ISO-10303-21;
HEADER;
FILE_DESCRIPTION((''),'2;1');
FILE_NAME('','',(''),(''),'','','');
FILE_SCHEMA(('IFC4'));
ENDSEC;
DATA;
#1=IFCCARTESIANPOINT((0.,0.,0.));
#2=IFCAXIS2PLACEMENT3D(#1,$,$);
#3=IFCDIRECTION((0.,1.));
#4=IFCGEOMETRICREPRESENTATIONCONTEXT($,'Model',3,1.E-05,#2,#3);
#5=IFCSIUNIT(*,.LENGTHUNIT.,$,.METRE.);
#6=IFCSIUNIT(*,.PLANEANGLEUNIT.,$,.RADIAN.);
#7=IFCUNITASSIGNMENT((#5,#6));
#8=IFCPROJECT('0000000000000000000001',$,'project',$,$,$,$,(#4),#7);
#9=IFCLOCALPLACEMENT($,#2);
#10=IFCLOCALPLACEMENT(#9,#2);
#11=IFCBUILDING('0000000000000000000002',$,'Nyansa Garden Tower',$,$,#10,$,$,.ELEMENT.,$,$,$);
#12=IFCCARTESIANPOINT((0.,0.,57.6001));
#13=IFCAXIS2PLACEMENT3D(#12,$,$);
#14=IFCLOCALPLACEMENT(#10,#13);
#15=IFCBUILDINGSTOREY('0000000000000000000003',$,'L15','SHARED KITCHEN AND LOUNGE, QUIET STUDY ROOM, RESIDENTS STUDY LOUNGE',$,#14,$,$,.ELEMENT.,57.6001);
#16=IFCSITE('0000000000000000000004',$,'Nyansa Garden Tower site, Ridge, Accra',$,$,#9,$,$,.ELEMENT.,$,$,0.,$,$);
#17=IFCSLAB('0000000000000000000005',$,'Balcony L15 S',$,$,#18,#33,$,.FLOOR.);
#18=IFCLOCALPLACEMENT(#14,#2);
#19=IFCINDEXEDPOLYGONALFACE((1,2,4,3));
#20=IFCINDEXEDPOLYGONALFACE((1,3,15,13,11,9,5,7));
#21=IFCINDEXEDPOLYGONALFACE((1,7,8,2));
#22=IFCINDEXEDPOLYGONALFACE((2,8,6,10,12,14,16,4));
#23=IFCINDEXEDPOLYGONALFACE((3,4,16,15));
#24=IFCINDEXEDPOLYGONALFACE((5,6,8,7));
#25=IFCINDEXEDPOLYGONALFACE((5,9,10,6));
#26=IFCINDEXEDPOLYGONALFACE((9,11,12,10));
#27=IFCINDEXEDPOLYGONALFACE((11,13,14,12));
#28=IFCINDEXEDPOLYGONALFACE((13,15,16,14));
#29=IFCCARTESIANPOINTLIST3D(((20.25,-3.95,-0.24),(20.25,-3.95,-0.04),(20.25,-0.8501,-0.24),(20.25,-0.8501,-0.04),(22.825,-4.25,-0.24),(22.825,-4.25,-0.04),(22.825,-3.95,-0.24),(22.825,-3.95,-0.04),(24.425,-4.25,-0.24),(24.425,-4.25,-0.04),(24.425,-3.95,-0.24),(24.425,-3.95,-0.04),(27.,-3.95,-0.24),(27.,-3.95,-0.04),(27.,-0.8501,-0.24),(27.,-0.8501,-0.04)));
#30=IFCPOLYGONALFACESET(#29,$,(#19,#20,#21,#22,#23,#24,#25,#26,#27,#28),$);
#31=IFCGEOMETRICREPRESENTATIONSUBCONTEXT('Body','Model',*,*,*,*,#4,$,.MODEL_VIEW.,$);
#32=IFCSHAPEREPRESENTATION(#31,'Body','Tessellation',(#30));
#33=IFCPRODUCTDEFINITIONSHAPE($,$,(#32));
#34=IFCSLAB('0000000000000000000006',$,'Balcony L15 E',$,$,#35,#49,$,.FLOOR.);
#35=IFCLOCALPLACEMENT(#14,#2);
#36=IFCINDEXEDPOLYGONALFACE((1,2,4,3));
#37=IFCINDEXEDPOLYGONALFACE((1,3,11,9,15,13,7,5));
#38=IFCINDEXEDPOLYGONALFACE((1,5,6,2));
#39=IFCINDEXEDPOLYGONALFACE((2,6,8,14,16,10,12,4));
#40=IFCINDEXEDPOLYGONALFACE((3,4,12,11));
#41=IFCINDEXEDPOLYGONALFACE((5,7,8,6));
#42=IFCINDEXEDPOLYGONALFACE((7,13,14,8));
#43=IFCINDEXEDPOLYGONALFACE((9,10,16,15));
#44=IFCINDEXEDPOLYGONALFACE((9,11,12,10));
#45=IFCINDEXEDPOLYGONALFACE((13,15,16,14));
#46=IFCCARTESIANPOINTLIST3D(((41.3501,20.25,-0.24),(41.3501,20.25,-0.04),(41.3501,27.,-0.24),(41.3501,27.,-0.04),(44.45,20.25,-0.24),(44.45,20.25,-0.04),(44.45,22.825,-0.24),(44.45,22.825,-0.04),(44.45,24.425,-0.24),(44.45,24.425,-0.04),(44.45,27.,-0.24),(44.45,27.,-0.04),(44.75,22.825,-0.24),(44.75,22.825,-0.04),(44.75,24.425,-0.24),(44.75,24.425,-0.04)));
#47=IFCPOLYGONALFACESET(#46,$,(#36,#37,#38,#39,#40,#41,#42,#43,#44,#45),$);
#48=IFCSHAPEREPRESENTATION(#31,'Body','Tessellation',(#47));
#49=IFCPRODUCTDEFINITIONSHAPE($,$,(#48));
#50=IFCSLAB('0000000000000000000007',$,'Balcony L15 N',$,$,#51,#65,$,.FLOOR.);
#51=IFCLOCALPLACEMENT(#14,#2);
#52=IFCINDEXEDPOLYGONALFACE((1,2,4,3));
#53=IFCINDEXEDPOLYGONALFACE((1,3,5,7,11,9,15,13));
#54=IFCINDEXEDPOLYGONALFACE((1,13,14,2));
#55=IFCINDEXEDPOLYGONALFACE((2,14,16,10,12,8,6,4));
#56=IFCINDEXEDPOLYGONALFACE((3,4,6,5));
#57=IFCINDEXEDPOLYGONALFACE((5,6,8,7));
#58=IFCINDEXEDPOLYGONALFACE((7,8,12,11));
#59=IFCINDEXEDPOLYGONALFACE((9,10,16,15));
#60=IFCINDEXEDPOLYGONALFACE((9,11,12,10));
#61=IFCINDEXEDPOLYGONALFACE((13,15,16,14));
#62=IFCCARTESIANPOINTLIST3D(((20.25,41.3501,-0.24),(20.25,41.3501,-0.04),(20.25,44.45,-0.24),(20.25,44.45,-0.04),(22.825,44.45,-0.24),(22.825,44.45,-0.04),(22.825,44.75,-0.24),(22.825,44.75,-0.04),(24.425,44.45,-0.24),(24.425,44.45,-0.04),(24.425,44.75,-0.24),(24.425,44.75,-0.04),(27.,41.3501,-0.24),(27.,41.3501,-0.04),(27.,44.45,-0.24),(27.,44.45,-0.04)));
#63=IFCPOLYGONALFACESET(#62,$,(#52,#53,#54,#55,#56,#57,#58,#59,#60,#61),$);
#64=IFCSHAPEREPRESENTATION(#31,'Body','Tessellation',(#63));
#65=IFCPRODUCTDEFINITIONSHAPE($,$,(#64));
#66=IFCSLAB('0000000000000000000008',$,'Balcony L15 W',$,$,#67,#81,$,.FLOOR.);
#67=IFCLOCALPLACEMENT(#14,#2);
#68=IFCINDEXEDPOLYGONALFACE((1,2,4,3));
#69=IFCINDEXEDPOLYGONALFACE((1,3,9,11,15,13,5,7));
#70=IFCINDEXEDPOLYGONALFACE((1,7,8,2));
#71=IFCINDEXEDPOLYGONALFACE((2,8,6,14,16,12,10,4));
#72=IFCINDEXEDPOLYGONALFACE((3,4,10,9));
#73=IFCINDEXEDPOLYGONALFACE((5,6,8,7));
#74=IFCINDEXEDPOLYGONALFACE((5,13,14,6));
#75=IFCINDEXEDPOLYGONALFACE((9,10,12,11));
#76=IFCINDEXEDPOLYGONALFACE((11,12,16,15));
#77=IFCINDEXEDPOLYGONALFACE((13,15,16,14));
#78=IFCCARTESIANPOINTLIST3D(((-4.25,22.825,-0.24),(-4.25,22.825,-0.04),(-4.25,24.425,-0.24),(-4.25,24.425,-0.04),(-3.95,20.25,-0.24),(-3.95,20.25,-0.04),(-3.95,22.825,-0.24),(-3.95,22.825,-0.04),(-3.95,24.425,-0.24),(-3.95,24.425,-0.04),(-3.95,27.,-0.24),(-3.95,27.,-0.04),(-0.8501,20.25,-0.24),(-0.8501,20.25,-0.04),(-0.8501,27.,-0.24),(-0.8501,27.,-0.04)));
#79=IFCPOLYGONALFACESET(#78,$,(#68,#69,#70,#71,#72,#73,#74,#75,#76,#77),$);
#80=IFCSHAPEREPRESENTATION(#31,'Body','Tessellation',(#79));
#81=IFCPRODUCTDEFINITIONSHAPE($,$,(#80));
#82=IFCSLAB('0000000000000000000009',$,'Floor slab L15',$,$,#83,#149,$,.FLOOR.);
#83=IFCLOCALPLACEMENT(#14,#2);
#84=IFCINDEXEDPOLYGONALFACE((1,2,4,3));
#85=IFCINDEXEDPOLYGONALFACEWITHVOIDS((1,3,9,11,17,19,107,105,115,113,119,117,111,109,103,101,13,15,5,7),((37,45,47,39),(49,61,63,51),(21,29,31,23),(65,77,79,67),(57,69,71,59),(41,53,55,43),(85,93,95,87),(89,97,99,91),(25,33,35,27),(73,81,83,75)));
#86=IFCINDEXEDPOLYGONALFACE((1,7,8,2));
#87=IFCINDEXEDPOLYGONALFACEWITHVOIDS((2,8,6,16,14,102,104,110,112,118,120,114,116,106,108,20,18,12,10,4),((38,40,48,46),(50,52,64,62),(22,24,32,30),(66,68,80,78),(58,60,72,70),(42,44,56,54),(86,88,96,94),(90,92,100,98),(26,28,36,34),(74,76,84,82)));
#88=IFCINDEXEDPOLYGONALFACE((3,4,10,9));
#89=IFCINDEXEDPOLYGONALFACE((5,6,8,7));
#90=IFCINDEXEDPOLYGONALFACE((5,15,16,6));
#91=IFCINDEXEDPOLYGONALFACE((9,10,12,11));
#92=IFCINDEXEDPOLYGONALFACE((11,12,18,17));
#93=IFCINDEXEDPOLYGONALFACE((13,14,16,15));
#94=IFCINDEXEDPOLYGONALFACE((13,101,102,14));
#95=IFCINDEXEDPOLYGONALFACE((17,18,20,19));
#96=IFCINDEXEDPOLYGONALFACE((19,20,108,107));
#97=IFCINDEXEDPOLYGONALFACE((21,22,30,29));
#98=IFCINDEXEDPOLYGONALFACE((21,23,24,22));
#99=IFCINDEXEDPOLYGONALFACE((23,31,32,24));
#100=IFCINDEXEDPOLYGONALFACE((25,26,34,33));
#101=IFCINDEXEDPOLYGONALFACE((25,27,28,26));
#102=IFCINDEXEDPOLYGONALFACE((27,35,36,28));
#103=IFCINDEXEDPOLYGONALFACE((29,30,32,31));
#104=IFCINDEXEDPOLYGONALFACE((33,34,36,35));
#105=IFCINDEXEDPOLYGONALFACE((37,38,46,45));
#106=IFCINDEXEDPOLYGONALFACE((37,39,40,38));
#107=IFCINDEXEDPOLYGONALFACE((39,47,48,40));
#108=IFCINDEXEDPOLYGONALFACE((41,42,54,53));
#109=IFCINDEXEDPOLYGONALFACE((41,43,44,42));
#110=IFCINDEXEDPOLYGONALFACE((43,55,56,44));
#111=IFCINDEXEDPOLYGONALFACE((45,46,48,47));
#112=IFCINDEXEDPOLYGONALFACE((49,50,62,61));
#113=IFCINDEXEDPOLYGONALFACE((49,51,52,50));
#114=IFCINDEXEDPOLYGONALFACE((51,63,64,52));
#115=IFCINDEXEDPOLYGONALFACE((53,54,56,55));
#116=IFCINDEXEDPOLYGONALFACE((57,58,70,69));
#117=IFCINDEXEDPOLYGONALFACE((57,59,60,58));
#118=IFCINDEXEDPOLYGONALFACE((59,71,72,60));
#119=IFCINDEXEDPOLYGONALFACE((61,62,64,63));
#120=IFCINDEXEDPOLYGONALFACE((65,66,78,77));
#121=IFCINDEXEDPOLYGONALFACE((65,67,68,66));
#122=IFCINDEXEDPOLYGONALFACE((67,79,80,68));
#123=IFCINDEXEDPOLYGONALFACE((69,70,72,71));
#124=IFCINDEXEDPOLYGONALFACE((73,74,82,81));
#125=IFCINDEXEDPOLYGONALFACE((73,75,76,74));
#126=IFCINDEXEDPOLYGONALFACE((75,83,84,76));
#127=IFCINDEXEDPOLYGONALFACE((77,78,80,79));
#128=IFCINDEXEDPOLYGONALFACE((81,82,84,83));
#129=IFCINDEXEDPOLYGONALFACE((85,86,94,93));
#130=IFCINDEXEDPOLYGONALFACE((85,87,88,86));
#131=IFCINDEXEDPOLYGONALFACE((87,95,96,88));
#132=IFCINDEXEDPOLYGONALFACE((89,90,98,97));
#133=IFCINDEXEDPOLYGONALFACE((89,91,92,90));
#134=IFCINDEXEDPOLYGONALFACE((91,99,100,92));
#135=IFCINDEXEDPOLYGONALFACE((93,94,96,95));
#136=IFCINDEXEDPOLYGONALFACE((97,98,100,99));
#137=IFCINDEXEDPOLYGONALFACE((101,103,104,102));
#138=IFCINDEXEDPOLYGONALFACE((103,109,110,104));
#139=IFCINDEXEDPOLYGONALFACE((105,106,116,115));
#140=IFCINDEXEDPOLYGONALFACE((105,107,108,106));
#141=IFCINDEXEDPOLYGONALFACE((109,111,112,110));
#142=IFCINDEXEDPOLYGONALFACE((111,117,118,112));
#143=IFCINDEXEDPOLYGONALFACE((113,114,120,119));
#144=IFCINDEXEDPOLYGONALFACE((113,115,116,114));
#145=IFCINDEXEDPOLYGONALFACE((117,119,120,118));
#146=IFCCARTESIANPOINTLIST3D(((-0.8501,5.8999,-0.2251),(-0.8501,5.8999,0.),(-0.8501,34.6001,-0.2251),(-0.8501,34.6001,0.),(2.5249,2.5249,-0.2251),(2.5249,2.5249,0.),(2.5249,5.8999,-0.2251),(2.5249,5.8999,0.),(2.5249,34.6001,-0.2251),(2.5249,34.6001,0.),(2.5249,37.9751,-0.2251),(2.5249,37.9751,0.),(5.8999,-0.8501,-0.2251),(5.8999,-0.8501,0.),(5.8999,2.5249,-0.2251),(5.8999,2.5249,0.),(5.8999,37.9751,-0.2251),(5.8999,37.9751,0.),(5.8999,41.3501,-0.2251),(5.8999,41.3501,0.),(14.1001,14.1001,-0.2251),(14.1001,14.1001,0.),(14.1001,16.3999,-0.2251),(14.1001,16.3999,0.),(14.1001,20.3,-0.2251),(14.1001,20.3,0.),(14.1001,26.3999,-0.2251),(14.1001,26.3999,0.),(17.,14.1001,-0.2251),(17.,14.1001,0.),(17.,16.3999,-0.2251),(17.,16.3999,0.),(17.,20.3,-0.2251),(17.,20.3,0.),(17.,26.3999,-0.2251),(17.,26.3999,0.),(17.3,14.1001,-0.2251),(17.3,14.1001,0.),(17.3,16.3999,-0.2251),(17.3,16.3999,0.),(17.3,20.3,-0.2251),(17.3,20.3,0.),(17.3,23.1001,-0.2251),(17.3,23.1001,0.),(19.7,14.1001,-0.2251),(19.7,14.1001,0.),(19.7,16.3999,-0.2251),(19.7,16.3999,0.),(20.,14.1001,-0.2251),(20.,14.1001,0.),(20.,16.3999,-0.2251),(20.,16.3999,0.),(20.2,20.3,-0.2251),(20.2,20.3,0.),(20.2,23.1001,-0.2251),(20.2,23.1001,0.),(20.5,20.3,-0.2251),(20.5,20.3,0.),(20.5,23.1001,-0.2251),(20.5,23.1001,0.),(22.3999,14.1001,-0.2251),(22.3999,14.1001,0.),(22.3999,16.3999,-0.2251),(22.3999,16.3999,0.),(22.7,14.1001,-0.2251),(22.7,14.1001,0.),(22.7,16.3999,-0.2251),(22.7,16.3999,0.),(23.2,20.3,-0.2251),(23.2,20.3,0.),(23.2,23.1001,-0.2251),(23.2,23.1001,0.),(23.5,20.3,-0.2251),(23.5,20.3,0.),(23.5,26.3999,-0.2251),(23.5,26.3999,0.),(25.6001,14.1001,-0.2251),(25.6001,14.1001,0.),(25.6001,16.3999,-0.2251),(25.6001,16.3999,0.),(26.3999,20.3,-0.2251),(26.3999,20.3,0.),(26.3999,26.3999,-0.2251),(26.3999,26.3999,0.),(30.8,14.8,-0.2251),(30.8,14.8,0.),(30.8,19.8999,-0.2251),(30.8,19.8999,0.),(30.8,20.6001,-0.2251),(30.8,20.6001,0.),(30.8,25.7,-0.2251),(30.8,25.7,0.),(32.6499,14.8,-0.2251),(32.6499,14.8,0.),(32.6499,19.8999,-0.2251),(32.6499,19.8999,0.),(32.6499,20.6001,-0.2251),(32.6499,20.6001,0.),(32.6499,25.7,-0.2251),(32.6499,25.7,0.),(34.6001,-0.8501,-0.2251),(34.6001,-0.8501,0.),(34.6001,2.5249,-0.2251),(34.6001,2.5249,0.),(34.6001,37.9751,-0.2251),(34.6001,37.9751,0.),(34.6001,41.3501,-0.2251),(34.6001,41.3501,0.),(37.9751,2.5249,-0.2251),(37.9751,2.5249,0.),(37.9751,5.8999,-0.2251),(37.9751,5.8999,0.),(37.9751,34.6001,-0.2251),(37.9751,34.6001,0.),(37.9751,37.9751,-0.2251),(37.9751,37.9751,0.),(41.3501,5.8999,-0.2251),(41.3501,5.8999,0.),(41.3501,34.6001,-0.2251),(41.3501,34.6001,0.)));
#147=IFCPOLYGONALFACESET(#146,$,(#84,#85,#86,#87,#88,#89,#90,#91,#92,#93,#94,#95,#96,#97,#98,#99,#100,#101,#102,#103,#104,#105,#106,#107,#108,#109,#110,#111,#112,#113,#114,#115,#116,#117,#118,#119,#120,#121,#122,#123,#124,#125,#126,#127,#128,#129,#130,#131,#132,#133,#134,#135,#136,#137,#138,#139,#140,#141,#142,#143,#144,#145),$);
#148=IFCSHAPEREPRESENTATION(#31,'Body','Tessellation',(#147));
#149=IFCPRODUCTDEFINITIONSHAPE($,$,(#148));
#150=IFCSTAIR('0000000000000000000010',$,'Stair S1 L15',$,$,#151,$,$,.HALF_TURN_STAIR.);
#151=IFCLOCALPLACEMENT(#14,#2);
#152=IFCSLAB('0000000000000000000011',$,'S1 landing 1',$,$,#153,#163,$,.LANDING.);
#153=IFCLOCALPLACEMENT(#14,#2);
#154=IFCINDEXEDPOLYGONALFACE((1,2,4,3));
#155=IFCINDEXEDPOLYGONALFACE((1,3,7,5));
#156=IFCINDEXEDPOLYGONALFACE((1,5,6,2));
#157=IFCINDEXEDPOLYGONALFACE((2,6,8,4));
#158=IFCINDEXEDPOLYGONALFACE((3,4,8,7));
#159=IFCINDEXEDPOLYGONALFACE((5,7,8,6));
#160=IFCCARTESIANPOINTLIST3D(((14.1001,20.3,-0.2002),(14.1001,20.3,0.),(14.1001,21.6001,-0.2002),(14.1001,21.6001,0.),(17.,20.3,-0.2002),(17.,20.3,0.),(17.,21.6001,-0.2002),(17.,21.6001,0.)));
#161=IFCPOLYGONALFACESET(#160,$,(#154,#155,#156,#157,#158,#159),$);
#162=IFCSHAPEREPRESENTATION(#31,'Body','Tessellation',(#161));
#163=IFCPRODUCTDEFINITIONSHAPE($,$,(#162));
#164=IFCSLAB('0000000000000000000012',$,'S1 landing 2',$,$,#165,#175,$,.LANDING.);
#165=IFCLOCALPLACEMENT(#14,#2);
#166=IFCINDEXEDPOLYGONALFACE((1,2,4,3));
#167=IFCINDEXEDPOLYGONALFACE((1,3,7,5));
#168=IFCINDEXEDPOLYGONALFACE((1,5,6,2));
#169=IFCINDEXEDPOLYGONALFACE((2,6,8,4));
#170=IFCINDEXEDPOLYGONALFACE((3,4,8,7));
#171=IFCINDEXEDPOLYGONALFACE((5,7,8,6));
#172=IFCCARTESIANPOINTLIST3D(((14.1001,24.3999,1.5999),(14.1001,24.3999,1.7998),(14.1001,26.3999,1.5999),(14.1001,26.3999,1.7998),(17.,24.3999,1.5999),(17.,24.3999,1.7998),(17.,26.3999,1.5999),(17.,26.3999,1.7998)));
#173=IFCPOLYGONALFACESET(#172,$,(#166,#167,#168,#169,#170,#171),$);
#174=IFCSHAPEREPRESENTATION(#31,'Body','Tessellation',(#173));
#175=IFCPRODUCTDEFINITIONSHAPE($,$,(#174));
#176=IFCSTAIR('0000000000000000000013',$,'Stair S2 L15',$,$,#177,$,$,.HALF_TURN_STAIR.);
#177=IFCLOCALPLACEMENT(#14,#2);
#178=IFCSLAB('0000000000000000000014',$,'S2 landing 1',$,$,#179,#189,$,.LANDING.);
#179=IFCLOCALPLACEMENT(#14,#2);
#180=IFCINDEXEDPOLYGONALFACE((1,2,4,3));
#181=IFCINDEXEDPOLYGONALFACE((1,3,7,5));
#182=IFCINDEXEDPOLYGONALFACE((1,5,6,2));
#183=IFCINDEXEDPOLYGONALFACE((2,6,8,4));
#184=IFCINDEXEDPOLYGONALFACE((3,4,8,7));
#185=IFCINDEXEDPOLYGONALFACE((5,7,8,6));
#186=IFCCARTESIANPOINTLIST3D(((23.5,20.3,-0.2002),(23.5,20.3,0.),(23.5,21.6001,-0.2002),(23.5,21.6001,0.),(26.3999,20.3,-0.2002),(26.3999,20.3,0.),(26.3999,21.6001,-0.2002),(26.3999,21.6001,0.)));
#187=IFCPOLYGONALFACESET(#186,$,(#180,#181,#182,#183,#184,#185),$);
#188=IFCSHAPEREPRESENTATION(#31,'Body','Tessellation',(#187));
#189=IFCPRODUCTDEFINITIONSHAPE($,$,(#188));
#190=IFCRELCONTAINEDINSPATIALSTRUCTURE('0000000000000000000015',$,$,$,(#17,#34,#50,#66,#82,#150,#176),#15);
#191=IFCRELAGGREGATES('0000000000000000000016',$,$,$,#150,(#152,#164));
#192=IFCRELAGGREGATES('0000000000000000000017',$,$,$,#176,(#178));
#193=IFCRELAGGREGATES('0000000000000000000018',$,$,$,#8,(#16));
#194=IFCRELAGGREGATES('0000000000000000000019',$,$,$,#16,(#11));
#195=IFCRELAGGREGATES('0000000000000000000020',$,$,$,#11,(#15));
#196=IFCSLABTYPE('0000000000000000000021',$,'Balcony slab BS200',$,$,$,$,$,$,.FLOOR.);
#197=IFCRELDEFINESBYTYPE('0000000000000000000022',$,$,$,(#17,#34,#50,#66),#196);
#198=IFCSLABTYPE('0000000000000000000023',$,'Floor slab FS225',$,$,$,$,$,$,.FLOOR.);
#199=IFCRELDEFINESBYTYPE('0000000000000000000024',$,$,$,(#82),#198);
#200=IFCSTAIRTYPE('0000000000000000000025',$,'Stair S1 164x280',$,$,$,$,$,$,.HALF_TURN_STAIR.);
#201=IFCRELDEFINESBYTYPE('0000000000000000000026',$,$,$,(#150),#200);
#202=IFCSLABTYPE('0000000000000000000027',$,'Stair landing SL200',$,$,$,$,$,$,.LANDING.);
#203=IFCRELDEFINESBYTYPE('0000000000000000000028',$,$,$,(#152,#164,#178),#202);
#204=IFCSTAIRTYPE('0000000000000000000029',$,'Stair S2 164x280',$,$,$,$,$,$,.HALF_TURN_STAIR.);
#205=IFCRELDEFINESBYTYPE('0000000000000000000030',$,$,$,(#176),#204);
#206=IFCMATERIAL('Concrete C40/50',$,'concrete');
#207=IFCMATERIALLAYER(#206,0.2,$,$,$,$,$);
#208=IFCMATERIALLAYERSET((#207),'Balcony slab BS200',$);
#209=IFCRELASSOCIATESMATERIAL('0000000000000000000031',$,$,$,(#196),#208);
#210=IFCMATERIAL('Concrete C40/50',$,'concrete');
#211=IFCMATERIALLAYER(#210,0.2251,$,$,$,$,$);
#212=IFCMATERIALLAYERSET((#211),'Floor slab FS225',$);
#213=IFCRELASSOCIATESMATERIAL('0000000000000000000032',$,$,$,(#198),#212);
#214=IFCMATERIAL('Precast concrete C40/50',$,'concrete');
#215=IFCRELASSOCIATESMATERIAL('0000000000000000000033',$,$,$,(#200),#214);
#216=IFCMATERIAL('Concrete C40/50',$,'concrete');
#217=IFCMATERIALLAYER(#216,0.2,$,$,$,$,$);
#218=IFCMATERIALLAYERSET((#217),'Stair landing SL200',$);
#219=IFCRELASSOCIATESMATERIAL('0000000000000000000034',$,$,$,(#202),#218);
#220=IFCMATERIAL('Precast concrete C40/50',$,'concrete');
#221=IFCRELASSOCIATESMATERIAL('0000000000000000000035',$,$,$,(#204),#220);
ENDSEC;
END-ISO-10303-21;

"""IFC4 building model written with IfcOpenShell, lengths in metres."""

from ifc_helpers import new_model, si_unit, direction, frame, origin, place, context, subcontext, project, spatial, polyline, outline, extrude, material, layer, layer_set, type_object, element, aggregate, save


model = new_model("IFC4")

# Units and contexts
model_context = context("Model", 3, precision=1e-05, world=origin(), true_north=direction((0.0, 1.0)))
body_context = subcontext(model_context, "Body", "Model", "MODEL_VIEW")
ifc_project = project(units=[si_unit("LENGTHUNIT", "METRE"), si_unit("PLANEANGLEUNIT", "RADIAN")], contexts=[model_context])

# Site, building, storey
site_placement = place(None, origin())
site = spatial("IfcSite", under=ifc_project, at=site_placement, Name="Nyansa Garden Tower site, Ridge, Accra", CompositionType="ELEMENT", RefElevation=0.0)
building_placement = place(site_placement, origin())
building = spatial("IfcBuilding", under=site, at=building_placement, Name="Nyansa Garden Tower", CompositionType="ELEMENT")
storey_placement = place(building_placement, frame((0.0, 0.0, 57.6001)))
storey = spatial("IfcBuildingStorey", under=building, at=storey_placement, Name="L15", Description="SHARED KITCHEN AND LOUNGE, QUIET STUDY ROOM, RESIDENTS STUDY LOUNGE", CompositionType="ELEMENT", Elevation=57.6001)

# Slabs
ifc_material_1 = material(Name="Concrete C40/50", Category="concrete")
ifc_layer_1 = layer(ifc_material_1, 0.2)
ifc_layer_set_1 = layer_set([ifc_layer_1], Name="Balcony slab BS200")
slab_type_1 = type_object("IfcSlabType", Name="Balcony slab BS200", PredefinedType="FLOOR", material=ifc_layer_set_1)
slab_1_placement = place(storey_placement, frame((0.0, 0.0, -0.24)))
element("IfcSlab", 1, at=slab_1_placement, inside=storey, type_object=slab_type_1, Name="Balcony L15 S", PredefinedType="FLOOR", context=body_context, shape_type="SweptSolid", body=[
    extrude(outline(polyline([(20.25, -0.8501), (27.0, -0.8501), (27.0, -3.95), (24.425, -3.95), (24.425, -4.25), (22.825, -4.25), (22.825, -3.95), (20.25, -3.95), (20.25, -0.8501)])), origin(), (0.0, 0.0, 1.0), 0.2),
])
slab_2_placement = place(storey_placement, frame((0.0, 0.0, -0.24)))
element("IfcSlab", 2, at=slab_2_placement, inside=storey, type_object=slab_type_1, Name="Balcony L15 E", PredefinedType="FLOOR", context=body_context, shape_type="SweptSolid", body=[
    extrude(outline(polyline([(41.3501, 20.25), (41.3501, 27.0), (44.45, 27.0), (44.45, 24.425), (44.75, 24.425), (44.75, 22.825), (44.45, 22.825), (44.45, 20.25), (41.3501, 20.25)])), origin(), (0.0, 0.0, 1.0), 0.2),
])
slab_3_placement = place(storey_placement, frame((0.0, 0.0, -0.24)))
element("IfcSlab", 3, at=slab_3_placement, inside=storey, type_object=slab_type_1, Name="Balcony L15 N", PredefinedType="FLOOR", context=body_context, shape_type="SweptSolid", body=[
    extrude(outline(polyline([(20.25, 41.3501), (27.0, 41.3501), (27.0, 44.45), (24.425, 44.45), (24.425, 44.75), (22.825, 44.75), (22.825, 44.45), (20.25, 44.45), (20.25, 41.3501)])), origin(), (0.0, 0.0, 1.0), 0.2),
])
slab_4_placement = place(storey_placement, frame((0.0, 0.0, -0.24)))
element("IfcSlab", 4, at=slab_4_placement, inside=storey, type_object=slab_type_1, Name="Balcony L15 W", PredefinedType="FLOOR", context=body_context, shape_type="SweptSolid", body=[
    extrude(outline(polyline([(-0.8501, 20.25), (-0.8501, 27.0), (-3.95, 27.0), (-3.95, 24.425), (-4.25, 24.425), (-4.25, 22.825), (-3.95, 22.825), (-3.95, 20.25), (-0.8501, 20.25)])), origin(), (0.0, 0.0, 1.0), 0.2),
])
ifc_material_2 = material(Name="Concrete C40/50", Category="concrete")
ifc_layer_2 = layer(ifc_material_2, 0.2251)
ifc_layer_set_2 = layer_set([ifc_layer_2], Name="Floor slab FS225")
slab_type_2 = type_object("IfcSlabType", Name="Floor slab FS225", PredefinedType="FLOOR", material=ifc_layer_set_2)
slab_5_placement = place(storey_placement, frame((0.0, 0.0, -0.2251)))
element("IfcSlab", 5, at=slab_5_placement, inside=storey, type_object=slab_type_2, Name="Floor slab L15", PredefinedType="FLOOR", context=body_context, shape_type="SweptSolid", body=[
    extrude(outline(polyline([(41.3501, 5.8999), (37.9751, 5.8999), (37.9751, 2.5249), (34.6001, 2.5249), (34.6001, -0.8501), (5.8999, -0.8501), (5.8999, 2.5249), (2.5249, 2.5249), (2.5249, 5.8999), (-0.8501, 5.8999), (-0.8501, 34.6001), (2.5249, 34.6001), (2.5249, 37.9751), (5.8999, 37.9751), (5.8999, 41.3501), (34.6001, 41.3501), (34.6001, 37.9751), (37.9751, 37.9751), (37.9751, 34.6001), (41.3501, 34.6001), (41.3501, 5.8999)]), holes=[polyline([(14.1001, 14.1001), (17.0, 14.1001), (17.0, 16.3999), (14.1001, 16.3999), (14.1001, 14.1001)]), polyline([(17.3, 14.1001), (19.7, 14.1001), (19.7, 16.3999), (17.3, 16.3999), (17.3, 14.1001)]), polyline([(20.0, 14.1001), (22.3999, 14.1001), (22.3999, 16.3999), (20.0, 16.3999), (20.0, 14.1001)]), polyline([(22.7, 14.1001), (25.6001, 14.1001), (25.6001, 16.3999), (22.7, 16.3999), (22.7, 14.1001)]), polyline([(17.3, 20.3), (20.2, 20.3), (20.2, 23.1001), (17.3, 23.1001), (17.3, 20.3)]), polyline([(20.5, 20.3), (23.2, 20.3), (23.2, 23.1001), (20.5, 23.1001), (20.5, 20.3)]), polyline([(30.8, 14.8), (32.6499, 14.8), (32.6499, 19.8999), (30.8, 19.8999), (30.8, 14.8)]), polyline([(30.8, 20.6001), (32.6499, 20.6001), (32.6499, 25.7), (30.8, 25.7), (30.8, 20.6001)]), polyline([(14.1001, 20.3), (17.0, 20.3), (17.0, 26.3999), (14.1001, 26.3999), (14.1001, 20.3)]), polyline([(23.5, 20.3), (26.3999, 20.3), (26.3999, 26.3999), (23.5, 26.3999), (23.5, 20.3)])]), origin(), (0.0, 0.0, 1.0), 0.2251),
])

# Stair, slabs
ifc_material_3 = material(Name="Precast concrete C40/50", Category="concrete")
stair_type_1 = type_object("IfcStairType", Name="Stair S1 164x280", PredefinedType="HALF_TURN_STAIR", material=ifc_material_3)
stair_1_placement = place(storey_placement, origin())
stair_1 = element("IfcStair", 6, at=stair_1_placement, inside=storey, type_object=stair_type_1, Name="Stair S1 L15", PredefinedType="HALF_TURN_STAIR")
ifc_material_4 = material(Name="Concrete C40/50", Category="concrete")
ifc_layer_3 = layer(ifc_material_4, 0.2)
ifc_layer_set_3 = layer_set([ifc_layer_3], Name="Stair landing SL200")
slab_type_3 = type_object("IfcSlabType", Name="Stair landing SL200", PredefinedType="LANDING", material=ifc_layer_set_3)
slab_6_placement = place(storey_placement, frame((0.0, 0.0, -0.2002)))
slab_6 = element("IfcSlab", 7, at=slab_6_placement, type_object=slab_type_3, Name="S1 landing 1", PredefinedType="LANDING", context=body_context, shape_type="SweptSolid", body=[
    extrude(outline(polyline([(14.1001, 20.3), (17.0, 20.3), (17.0, 21.6001), (14.1001, 21.6001), (14.1001, 20.3)])), origin(), (0.0, 0.0, 1.0), 0.2002),
])
slab_7_placement = place(storey_placement, frame((0.0, 0.0, 1.5999)))
slab_7 = element("IfcSlab", 8, at=slab_7_placement, type_object=slab_type_3, Name="S1 landing 2", PredefinedType="LANDING", context=body_context, shape_type="SweptSolid", body=[
    extrude(outline(polyline([(14.1001, 24.3999), (17.0, 24.3999), (17.0, 26.3999), (14.1001, 26.3999), (14.1001, 24.3999)])), origin(), (0.0, 0.0, 1.0), 0.2),
])
aggregate(stair_1, [slab_6, slab_7])

# Stair, slab
ifc_material_5 = material(Name="Precast concrete C40/50", Category="concrete")
stair_type_2 = type_object("IfcStairType", Name="Stair S2 164x280", PredefinedType="HALF_TURN_STAIR", material=ifc_material_5)
stair_2_placement = place(storey_placement, origin())
stair_2 = element("IfcStair", 9, at=stair_2_placement, inside=storey, type_object=stair_type_2, Name="Stair S2 L15", PredefinedType="HALF_TURN_STAIR")
slab_8_placement = place(storey_placement, frame((0.0, 0.0, -0.2002)))
slab_8 = element("IfcSlab", 10, at=slab_8_placement, type_object=slab_type_3, Name="S2 landing 1", PredefinedType="LANDING", context=body_context, shape_type="SweptSolid", body=[
    extrude(outline(polyline([(23.5, 20.3), (26.3999, 20.3), (26.3999, 21.6001), (23.5, 21.6001), (23.5, 20.3)])), origin(), (0.0, 0.0, 1.0), 0.2002),
])
aggregate(stair_2, [slab_8])

save(model, "model.ifc")
